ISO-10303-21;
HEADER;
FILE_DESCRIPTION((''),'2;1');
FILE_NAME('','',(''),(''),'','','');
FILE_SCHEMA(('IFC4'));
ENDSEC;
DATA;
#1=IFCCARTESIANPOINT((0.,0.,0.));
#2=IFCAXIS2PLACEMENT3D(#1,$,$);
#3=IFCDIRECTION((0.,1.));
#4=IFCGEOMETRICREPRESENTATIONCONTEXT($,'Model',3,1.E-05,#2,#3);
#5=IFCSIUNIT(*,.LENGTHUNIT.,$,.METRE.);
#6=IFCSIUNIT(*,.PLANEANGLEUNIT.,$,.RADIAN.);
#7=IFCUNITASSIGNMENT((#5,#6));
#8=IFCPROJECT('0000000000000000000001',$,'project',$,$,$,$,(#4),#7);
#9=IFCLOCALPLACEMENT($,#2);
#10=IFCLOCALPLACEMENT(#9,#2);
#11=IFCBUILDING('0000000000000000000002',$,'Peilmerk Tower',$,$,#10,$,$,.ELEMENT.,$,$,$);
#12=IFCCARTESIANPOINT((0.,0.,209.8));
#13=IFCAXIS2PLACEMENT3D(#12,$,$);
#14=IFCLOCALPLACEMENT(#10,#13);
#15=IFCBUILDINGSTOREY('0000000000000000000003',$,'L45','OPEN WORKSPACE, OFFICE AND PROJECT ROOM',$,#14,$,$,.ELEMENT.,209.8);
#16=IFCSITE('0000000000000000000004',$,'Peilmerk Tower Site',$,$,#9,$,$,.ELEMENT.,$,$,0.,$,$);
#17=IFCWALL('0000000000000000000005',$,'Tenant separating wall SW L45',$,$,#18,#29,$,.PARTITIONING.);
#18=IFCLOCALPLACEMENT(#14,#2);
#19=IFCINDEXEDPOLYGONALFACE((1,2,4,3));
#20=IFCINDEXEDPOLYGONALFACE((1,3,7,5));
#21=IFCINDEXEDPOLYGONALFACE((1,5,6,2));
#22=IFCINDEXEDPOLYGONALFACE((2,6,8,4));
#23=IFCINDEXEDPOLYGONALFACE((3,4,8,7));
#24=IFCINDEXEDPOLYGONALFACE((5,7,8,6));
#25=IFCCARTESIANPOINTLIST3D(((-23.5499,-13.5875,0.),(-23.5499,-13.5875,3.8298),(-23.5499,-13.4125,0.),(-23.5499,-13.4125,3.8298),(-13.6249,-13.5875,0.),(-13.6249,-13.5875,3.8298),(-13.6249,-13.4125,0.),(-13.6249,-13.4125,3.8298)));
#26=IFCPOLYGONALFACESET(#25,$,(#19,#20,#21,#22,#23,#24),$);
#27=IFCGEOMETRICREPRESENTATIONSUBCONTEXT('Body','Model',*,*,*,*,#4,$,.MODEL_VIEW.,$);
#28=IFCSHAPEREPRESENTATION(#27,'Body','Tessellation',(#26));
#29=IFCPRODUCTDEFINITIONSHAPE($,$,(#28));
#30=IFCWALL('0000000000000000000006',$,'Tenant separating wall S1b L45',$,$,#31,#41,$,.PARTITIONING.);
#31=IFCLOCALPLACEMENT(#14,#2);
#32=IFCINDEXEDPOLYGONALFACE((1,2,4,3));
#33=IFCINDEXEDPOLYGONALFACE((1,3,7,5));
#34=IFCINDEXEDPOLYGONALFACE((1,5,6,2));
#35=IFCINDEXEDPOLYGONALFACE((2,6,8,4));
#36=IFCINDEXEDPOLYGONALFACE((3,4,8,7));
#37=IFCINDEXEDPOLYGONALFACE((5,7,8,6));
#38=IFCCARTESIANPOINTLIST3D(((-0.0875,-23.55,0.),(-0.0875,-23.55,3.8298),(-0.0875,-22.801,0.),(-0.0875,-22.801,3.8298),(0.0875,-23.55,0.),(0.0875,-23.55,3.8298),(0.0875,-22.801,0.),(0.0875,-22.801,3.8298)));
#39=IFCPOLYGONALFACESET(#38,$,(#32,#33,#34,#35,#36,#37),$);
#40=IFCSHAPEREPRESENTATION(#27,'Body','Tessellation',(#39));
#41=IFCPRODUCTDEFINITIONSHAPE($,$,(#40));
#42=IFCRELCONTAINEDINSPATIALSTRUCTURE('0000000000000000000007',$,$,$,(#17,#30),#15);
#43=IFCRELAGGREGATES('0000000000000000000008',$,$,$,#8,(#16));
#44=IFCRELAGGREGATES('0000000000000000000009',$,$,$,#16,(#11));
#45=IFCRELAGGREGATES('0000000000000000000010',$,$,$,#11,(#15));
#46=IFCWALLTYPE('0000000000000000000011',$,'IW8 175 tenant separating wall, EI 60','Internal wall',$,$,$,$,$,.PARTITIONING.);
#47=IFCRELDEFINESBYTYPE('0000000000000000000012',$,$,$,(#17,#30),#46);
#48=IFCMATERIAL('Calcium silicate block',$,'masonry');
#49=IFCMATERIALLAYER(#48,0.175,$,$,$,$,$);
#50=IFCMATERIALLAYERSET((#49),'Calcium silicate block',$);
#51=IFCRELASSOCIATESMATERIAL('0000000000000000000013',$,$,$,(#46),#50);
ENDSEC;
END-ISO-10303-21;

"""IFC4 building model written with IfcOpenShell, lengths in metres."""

from ifc_helpers import new_model, si_unit, direction, frame, frame_2d, origin, place, context, subcontext, project, spatial, rectangle, extrude, material, layer, layer_set, type_object, element, save


model = new_model("IFC4")

# Units and contexts
model_context = context("Model", 3, precision=1e-05, world=origin(), true_north=direction((0.0, 1.0)))
body_context = subcontext(model_context, "Body", "Model", "MODEL_VIEW")
ifc_project = project(units=[si_unit("LENGTHUNIT", "METRE"), si_unit("PLANEANGLEUNIT", "RADIAN")], contexts=[model_context])

# Site, building, storey
site_placement = place(None, origin())
site = spatial("IfcSite", under=ifc_project, at=site_placement, Name="Peilmerk Tower Site", CompositionType="ELEMENT", RefElevation=0.0)
building_placement = place(site_placement, origin())
building = spatial("IfcBuilding", under=site, at=building_placement, Name="Peilmerk Tower", CompositionType="ELEMENT")
storey_placement = place(building_placement, frame((0.0, 0.0, 209.8)))
storey = spatial("IfcBuildingStorey", under=building, at=storey_placement, Name="L45", Description="OPEN WORKSPACE, OFFICE AND PROJECT ROOM", CompositionType="ELEMENT", Elevation=209.8)

# Shared definitions
ifc_material_1 = material(Name="Calcium silicate block", Category="masonry")

# Walls
ifc_layer_1 = layer(ifc_material_1, 0.175)
ifc_layer_set_1 = layer_set([ifc_layer_1], Name="Calcium silicate block")
wall_type_1 = type_object("IfcWallType", Name="IW8 175 tenant separating wall, EI 60", Description="Internal wall", PredefinedType="PARTITIONING", material=ifc_layer_set_1)
wall_1_placement = place(storey_placement, frame((-13.625, -13.5, 0.0), z_axis=(0.0, 0.0, 1.0), x_axis=(-1.0, 0.0, 0.0)))
element("IfcWall", 1, at=wall_1_placement, inside=storey, type_object=wall_type_1, Name="Tenant separating wall SW L45", PredefinedType="PARTITIONING", context=body_context, shape_type="SweptSolid", body=[
    extrude(rectangle(XDim=9.925, YDim=0.175, at=frame_2d((4.9624, 0.0))), origin(), (0.0, 0.0, 1.0), 3.8298),
])
wall_2_placement = place(storey_placement, frame((0.0, -22.801, 0.0), z_axis=(0.0, 0.0, 1.0), x_axis=(0.0, -1.0, 0.0)))
element("IfcWall", 2, at=wall_2_placement, inside=storey, type_object=wall_type_1, Name="Tenant separating wall S1b L45", PredefinedType="PARTITIONING", context=body_context, shape_type="SweptSolid", body=[
    extrude(rectangle(XDim=0.749, YDim=0.175, at=frame_2d((0.3745, 0.0))), origin(), (0.0, 0.0, 1.0), 3.8298),
])

save(model, "model.ifc")
